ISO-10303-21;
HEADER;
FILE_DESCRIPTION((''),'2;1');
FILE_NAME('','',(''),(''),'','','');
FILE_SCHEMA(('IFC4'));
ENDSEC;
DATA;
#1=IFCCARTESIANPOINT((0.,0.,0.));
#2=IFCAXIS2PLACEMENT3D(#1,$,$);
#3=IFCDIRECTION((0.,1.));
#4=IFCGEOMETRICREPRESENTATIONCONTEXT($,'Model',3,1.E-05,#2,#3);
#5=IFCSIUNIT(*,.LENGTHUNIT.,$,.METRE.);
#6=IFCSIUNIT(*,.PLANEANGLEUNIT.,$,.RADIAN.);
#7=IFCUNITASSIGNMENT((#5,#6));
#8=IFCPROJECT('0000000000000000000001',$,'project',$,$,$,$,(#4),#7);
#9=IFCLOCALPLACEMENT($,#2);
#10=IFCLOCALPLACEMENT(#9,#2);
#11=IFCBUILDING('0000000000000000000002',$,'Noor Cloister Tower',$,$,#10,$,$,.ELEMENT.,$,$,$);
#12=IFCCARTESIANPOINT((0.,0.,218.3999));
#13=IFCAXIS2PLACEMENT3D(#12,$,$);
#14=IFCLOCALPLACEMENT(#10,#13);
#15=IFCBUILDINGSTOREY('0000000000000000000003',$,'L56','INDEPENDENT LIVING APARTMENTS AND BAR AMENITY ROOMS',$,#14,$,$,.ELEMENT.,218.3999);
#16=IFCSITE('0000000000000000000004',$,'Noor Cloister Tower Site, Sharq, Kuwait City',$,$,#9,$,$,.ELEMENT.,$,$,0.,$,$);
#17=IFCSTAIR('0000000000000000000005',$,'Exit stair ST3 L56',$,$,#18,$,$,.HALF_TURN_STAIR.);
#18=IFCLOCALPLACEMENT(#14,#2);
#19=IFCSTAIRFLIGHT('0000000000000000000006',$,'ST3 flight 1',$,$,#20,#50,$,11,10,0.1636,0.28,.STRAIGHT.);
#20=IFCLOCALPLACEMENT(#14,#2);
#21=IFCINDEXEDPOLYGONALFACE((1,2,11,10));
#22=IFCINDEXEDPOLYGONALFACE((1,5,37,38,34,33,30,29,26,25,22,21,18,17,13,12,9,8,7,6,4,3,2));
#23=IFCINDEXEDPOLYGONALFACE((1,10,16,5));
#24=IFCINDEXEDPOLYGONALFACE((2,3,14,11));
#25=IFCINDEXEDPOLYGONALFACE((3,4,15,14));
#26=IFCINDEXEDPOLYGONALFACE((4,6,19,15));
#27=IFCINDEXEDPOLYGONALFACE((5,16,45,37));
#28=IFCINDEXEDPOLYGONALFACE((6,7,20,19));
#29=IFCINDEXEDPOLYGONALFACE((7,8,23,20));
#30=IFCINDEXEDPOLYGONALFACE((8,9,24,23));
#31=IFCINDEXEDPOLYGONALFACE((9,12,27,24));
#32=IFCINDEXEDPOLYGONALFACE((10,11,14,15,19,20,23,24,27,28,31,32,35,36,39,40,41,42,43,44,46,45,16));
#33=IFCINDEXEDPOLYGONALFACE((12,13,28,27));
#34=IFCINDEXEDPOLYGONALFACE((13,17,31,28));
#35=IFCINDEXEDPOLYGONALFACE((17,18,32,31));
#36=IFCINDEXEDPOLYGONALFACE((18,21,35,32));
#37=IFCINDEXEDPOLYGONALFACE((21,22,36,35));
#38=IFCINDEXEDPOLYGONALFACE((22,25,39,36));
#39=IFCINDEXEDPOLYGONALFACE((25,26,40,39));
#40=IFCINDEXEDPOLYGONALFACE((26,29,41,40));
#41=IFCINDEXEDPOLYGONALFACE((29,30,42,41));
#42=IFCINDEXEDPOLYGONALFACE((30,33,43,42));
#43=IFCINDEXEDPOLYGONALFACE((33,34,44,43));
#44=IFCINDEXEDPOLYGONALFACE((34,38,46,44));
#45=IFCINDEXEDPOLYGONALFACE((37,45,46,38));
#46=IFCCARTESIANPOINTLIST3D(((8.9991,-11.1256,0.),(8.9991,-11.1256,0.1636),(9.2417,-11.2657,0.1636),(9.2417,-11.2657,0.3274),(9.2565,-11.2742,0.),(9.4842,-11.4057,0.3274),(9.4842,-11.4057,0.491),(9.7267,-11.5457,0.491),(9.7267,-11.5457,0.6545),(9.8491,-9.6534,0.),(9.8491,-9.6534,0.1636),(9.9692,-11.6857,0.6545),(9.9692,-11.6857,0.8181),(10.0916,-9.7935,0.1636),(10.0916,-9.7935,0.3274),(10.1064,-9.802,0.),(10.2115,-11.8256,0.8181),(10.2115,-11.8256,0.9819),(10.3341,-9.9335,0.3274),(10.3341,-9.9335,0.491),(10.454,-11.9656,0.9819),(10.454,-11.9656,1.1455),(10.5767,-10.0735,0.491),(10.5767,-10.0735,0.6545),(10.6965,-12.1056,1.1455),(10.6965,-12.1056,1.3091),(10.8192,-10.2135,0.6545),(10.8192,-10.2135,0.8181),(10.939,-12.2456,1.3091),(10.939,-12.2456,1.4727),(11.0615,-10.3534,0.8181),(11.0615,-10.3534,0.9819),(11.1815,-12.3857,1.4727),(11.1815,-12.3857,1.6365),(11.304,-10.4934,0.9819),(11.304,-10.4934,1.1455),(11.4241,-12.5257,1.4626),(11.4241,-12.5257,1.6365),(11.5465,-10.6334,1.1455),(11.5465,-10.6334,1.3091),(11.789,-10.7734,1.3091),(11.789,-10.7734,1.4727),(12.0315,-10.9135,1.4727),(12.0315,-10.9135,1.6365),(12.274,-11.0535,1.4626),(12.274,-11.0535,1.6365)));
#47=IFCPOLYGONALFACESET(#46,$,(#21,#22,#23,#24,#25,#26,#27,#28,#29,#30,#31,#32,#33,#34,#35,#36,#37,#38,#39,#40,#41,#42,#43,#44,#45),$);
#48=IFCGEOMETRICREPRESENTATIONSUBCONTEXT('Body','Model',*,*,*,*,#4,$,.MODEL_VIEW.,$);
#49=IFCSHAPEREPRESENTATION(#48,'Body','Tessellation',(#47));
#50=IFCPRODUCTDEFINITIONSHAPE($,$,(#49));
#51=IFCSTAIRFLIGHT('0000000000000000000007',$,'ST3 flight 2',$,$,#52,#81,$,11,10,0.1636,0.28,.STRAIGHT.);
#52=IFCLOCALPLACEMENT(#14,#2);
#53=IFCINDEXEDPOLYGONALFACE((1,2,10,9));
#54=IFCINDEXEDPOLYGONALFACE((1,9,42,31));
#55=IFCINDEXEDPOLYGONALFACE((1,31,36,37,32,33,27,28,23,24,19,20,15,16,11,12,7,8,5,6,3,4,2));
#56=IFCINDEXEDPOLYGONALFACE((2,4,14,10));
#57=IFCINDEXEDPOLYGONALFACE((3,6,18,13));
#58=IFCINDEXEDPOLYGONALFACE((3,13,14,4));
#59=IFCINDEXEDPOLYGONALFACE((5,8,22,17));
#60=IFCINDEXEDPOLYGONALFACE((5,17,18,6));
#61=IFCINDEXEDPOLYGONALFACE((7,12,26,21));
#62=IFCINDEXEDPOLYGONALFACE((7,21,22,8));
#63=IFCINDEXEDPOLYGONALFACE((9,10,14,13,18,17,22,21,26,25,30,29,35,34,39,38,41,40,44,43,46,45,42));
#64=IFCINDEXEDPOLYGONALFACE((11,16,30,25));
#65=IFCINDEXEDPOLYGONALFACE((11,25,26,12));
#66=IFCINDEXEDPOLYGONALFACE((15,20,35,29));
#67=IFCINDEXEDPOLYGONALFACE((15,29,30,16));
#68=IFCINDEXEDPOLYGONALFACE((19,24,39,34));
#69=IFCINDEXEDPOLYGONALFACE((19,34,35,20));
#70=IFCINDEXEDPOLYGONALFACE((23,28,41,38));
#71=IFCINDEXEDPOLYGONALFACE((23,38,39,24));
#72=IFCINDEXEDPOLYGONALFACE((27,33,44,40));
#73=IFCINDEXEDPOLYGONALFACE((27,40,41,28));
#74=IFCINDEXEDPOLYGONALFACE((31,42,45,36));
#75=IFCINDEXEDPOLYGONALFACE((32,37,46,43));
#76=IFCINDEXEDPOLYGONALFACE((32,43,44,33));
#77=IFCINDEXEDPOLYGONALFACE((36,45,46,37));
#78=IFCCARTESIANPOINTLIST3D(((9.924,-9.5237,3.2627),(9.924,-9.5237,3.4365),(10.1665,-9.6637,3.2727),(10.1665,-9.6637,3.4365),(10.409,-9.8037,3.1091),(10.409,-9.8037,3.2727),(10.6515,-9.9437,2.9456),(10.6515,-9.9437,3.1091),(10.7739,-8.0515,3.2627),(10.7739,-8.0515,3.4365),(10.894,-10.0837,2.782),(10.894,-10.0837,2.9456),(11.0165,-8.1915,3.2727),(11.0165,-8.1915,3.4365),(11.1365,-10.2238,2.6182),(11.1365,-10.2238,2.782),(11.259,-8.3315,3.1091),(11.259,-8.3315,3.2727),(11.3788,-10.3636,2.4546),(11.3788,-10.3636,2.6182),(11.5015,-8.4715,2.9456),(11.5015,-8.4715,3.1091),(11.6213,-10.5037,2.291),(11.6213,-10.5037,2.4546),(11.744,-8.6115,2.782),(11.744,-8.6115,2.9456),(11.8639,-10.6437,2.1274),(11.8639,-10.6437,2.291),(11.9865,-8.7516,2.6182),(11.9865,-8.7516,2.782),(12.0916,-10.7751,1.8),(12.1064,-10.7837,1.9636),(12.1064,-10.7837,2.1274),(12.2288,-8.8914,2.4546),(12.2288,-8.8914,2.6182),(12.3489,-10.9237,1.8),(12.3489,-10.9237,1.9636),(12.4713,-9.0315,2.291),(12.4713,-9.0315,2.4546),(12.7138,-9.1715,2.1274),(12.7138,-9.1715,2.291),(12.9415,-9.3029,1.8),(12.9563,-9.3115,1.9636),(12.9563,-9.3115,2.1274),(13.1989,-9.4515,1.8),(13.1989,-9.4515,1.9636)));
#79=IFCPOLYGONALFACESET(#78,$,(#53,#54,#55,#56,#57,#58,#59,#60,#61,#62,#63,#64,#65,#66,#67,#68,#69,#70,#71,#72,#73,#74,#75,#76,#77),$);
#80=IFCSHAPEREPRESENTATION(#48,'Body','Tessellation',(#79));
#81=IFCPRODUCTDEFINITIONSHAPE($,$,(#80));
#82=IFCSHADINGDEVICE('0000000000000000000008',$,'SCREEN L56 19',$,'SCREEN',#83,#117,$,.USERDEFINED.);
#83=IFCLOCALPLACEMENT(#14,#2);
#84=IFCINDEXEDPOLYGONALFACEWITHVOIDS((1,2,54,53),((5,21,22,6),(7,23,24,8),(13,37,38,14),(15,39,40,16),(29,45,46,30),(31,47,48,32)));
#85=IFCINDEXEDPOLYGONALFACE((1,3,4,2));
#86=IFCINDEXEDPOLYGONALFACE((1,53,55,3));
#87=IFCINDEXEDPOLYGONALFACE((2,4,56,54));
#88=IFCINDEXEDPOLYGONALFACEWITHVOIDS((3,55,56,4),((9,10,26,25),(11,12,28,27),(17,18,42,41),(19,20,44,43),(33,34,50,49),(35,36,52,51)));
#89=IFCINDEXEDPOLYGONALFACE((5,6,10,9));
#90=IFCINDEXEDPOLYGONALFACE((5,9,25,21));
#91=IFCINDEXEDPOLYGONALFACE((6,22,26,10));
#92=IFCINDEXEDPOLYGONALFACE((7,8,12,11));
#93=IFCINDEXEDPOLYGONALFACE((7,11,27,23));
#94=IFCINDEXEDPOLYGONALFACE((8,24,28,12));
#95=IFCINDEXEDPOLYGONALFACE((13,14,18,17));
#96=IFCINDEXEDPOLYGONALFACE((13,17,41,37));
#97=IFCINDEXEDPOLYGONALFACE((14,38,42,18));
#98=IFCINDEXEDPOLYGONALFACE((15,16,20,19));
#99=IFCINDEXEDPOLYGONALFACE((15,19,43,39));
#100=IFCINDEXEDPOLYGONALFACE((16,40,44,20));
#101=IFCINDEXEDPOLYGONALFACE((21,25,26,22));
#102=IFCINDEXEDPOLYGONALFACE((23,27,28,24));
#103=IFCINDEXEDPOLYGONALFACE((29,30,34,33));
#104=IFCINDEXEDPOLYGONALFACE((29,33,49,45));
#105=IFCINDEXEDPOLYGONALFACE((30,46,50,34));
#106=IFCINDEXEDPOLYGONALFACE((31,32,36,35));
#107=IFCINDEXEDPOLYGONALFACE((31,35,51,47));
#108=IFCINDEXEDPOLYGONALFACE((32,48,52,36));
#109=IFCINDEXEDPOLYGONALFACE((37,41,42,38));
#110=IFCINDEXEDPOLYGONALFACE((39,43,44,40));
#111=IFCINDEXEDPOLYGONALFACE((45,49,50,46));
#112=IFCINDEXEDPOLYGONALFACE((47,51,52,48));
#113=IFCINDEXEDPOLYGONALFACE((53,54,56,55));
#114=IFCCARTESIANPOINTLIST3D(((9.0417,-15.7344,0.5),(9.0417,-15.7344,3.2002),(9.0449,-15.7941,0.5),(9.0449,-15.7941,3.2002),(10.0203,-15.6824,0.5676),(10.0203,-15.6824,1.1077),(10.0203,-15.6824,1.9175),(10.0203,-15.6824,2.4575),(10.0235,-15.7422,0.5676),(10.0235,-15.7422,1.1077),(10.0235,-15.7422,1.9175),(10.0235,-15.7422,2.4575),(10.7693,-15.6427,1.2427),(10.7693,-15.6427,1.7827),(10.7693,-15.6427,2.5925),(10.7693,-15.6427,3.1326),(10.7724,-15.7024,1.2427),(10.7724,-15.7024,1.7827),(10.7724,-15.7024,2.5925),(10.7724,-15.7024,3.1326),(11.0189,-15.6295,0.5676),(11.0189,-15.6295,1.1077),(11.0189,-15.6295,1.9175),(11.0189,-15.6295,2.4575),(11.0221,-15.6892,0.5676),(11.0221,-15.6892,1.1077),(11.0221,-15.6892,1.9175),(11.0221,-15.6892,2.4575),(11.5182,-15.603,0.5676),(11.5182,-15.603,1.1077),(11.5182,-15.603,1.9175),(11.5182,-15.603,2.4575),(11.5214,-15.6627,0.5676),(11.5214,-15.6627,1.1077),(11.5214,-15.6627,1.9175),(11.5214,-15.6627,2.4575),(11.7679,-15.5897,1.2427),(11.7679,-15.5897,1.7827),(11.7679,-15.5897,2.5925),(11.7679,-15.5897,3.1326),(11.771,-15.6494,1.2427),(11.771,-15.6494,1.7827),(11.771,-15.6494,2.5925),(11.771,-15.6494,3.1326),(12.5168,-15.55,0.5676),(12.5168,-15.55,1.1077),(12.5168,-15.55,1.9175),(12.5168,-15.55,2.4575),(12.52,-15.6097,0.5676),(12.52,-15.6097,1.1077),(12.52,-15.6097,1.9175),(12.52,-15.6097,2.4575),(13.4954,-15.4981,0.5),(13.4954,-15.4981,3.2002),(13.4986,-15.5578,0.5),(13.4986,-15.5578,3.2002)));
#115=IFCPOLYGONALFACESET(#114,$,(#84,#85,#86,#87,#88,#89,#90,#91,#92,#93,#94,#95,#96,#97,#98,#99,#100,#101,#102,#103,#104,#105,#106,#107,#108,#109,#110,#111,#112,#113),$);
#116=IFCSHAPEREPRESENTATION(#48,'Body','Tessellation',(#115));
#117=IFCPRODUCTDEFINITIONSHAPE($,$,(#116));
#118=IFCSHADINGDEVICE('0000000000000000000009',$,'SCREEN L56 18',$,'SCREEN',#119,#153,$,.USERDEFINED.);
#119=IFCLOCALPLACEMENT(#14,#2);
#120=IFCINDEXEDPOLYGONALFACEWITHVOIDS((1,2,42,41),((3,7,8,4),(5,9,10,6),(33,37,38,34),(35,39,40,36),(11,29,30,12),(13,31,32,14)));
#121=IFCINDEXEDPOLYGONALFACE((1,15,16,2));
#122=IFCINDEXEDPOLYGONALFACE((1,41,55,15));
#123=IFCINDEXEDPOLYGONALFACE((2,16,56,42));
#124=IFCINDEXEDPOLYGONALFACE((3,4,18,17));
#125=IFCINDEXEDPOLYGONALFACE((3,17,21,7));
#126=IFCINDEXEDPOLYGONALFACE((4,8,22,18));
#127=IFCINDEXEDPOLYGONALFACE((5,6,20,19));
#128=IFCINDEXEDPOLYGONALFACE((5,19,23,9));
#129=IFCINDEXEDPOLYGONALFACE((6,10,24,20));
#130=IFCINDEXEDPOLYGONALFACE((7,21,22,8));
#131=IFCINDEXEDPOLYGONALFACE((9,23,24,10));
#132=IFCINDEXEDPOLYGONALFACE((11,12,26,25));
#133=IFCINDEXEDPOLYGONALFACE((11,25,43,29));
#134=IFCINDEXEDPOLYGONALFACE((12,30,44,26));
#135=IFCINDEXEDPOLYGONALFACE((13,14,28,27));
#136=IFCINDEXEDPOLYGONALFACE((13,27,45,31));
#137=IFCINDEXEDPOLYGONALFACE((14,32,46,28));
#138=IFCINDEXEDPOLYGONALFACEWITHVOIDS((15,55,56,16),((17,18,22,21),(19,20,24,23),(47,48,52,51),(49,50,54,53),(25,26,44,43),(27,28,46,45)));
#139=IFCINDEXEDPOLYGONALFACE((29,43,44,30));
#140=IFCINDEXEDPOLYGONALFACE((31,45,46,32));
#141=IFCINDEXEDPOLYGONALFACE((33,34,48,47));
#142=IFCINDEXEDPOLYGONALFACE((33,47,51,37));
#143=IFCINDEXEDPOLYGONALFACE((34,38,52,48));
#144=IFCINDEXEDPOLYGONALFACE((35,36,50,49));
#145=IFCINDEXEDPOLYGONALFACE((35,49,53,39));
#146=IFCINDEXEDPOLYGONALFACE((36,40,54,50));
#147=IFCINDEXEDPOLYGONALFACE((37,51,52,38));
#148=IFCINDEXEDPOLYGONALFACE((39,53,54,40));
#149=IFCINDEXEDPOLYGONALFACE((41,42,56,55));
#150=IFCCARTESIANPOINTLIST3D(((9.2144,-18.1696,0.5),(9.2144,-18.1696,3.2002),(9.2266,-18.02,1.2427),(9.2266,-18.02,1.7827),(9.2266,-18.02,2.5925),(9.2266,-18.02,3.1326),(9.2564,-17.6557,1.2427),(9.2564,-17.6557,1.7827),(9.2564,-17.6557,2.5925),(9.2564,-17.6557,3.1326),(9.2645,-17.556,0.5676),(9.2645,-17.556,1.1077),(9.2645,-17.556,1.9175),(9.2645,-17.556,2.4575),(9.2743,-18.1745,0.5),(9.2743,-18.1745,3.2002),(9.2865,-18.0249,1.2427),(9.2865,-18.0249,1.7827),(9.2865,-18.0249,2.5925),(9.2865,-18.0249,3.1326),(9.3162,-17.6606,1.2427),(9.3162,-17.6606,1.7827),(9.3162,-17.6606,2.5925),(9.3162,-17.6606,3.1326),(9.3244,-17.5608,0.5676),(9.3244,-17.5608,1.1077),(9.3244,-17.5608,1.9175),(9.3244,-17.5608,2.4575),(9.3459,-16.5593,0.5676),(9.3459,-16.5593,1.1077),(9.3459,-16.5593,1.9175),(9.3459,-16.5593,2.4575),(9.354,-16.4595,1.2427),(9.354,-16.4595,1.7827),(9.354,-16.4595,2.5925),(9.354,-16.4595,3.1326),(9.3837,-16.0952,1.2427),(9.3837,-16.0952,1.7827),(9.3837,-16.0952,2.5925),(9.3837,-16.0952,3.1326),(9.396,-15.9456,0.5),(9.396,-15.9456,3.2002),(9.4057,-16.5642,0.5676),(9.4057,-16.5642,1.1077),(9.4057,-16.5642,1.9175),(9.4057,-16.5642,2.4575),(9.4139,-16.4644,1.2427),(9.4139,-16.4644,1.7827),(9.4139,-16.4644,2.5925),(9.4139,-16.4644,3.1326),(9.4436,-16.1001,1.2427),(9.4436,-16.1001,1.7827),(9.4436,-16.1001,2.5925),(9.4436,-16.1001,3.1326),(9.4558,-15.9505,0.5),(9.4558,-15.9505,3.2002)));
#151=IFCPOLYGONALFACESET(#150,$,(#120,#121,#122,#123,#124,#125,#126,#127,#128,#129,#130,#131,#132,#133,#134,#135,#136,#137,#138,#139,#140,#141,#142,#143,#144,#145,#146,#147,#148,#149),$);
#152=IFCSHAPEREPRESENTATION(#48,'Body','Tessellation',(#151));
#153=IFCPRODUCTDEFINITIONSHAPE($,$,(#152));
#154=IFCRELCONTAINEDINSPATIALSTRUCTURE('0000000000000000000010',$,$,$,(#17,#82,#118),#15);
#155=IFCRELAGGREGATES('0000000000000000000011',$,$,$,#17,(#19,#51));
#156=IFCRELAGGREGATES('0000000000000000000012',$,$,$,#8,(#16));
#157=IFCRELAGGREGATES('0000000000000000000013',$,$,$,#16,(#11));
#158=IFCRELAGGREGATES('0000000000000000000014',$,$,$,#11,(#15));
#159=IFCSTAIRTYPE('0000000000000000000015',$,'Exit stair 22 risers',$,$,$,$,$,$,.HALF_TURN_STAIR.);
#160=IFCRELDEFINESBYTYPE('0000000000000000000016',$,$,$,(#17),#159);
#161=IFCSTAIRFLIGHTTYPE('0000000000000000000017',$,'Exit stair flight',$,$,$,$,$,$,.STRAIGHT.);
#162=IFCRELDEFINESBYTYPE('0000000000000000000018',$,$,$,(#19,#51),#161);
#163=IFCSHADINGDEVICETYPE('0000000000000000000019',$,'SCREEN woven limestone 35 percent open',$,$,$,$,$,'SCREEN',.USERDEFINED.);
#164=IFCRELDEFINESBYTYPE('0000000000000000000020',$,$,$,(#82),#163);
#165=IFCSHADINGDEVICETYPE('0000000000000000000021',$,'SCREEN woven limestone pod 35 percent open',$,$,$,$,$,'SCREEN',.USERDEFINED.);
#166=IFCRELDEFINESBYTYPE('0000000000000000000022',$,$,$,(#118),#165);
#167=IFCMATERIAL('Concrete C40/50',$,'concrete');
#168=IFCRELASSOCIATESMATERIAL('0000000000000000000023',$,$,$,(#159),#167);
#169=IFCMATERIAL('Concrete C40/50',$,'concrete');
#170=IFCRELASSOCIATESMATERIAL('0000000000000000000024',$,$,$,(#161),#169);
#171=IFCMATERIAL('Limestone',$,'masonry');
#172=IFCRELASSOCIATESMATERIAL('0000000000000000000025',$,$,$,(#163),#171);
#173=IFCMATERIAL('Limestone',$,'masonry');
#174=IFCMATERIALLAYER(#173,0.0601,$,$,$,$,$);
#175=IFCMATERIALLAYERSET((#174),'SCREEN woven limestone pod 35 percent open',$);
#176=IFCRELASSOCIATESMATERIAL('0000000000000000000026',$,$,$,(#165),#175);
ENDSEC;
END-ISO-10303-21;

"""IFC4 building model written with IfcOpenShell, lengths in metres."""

from ifc_helpers import new_model, si_unit, direction, frame, origin, place, context, subcontext, project, spatial, polyline, outline, extrude, material, layer, layer_set, material_profile, profile_set, type_object, element, aggregate, save


model = new_model("IFC4")

# Units and contexts
model_context = context("Model", 3, precision=1e-05, world=origin(), true_north=direction((0.0, 1.0)))
body_context = subcontext(model_context, "Body", "Model", "MODEL_VIEW")
ifc_project = project(units=[si_unit("LENGTHUNIT", "METRE"), si_unit("PLANEANGLEUNIT", "RADIAN")], contexts=[model_context])

# Site, building, storey
site_placement = place(None, origin())
site = spatial("IfcSite", under=ifc_project, at=site_placement, Name="Noor Cloister Tower Site, Sharq, Kuwait City", CompositionType="ELEMENT", RefElevation=0.0)
building_placement = place(site_placement, origin())
building = spatial("IfcBuilding", under=site, at=building_placement, Name="Noor Cloister Tower", CompositionType="ELEMENT")
storey_placement = place(building_placement, frame((0.0, 0.0, 218.3999)))
storey = spatial("IfcBuildingStorey", under=building, at=storey_placement, Name="L56", Description="INDEPENDENT LIVING APARTMENTS AND BAR AMENITY ROOMS", CompositionType="ELEMENT", Elevation=218.3999)

# Stair, stair flights
ifc_material_1 = material(Name="Concrete C40/50", Category="concrete")
stair_type = type_object("IfcStairType", Name="Exit stair 22 risers", PredefinedType="HALF_TURN_STAIR", material=ifc_material_1)
stair_placement = place(storey_placement, origin())
stair = element("IfcStair", 1, at=stair_placement, inside=storey, type_object=stair_type, Name="Exit stair ST3 L56", PredefinedType="HALF_TURN_STAIR")
ifc_material_2 = material(Name="Concrete C40/50", Category="concrete")
stair_flight_type = type_object("IfcStairFlightType", Name="Exit stair flight", PredefinedType="STRAIGHT", material=ifc_material_2)
stair_flight_1_placement = place(storey_placement, frame((9.4241, -10.3896, 0.0), z_axis=(0.0, 0.0, 1.0), x_axis=(0.866025, -0.5, 0.0)))
stair_flight_1 = element("IfcStairFlight", 2, at=stair_flight_1_placement, type_object=stair_flight_type, Name="ST3 flight 1", NumberOfRisers=11, NumberOfTreads=10, PredefinedType="STRAIGHT", RiserHeight=0.1636, TreadLength=0.28, context=body_context, shape_type="SweptSolid", body=[
    extrude(outline(polyline([(0.0, 0.0), (0.0, 0.1636), (0.28, 0.1636), (0.28, 0.3274), (0.5601, 0.3274), (0.5601, 0.491), (0.8401, 0.491), (0.8401, 0.6545), (1.1201, 0.6545), (1.1201, 0.8181), (1.3999, 0.8181), (1.3999, 0.9819), (1.6799, 0.9819), (1.6799, 1.1455), (1.96, 1.1455), (1.96, 1.3091), (2.24, 1.3091), (2.24, 1.4727), (2.52, 1.4727), (2.52, 1.6365), (2.8, 1.6365), (2.8, 1.8), (2.8, 1.4626), (0.2971, 0.0), (0.0, 0.0)])), frame((0.0, 0.8501, 0.0), z_axis=(0.0, -1.0, 0.0), x_axis=(1.0, 0.0, 0.0)), (0.0, 0.0, 1.0), 1.7),
])
stair_flight_2_placement = place(storey_placement, frame((12.7739, -10.1875, 1.8), z_axis=(0.0, 0.0, 1.0), x_axis=(-0.866025, 0.5, 0.0)))
stair_flight_2 = element("IfcStairFlight", 3, at=stair_flight_2_placement, type_object=stair_flight_type, Name="ST3 flight 2", NumberOfRisers=11, NumberOfTreads=10, PredefinedType="STRAIGHT", RiserHeight=0.1636, TreadLength=0.28, context=body_context, shape_type="SweptSolid", body=[
    extrude(outline(polyline([(0.0, 0.0), (0.0, 0.1636), (0.28, 0.1636), (0.28, 0.3274), (0.5601, 0.3274), (0.5601, 0.491), (0.8401, 0.491), (0.8401, 0.6545), (1.1201, 0.6545), (1.1201, 0.8181), (1.3999, 0.8181), (1.3999, 0.9819), (1.6799, 0.9819), (1.6799, 1.1455), (1.96, 1.1455), (1.96, 1.3091), (2.24, 1.3091), (2.24, 1.4727), (2.52, 1.4727), (2.52, 1.6365), (2.8, 1.6365), (2.8, 1.8), (2.8, 1.4626), (0.2971, 0.0), (0.0, 0.0)])), frame((0.0, 0.8501, 0.0), z_axis=(0.0, -1.0, 0.0), x_axis=(1.0, 0.0, 0.0)), (0.0, 0.0, 1.0), 1.7),
])
aggregate(stair, [stair_flight_1, stair_flight_2])

# Shading devices
ifc_material_3 = material(Name="Limestone", Category="masonry")
ifc_material_profile_1 = material_profile(ifc_material_3, outline(polyline([(-2.23, -1.3501), (2.23, -1.3501), (2.23, 1.3501), (-2.23, 1.3501), (-2.23, -1.3501)]), holes=[polyline([(-1.25, -1.2825), (-0.25, -1.2825), (-0.25, -0.7424), (-1.25, -0.7424), (-1.25, -1.2825)]), polyline([(0.25, -1.2825), (1.25, -1.2825), (1.25, -0.7424), (0.25, -0.7424), (0.25, -1.2825)]), polyline([(-0.5, -0.6074), (0.5, -0.6074), (0.5, -0.0674), (-0.5, -0.0674), (-0.5, -0.6074)]), polyline([(-1.25, 0.0674), (-0.25, 0.0674), (-0.25, 0.6074), (-1.25, 0.6074), (-1.25, 0.0674)]), polyline([(0.25, 0.0674), (1.25, 0.0674), (1.25, 0.6074), (0.25, 0.6074), (0.25, 0.0674)]), polyline([(-0.5, 0.7424), (0.5, 0.7424), (0.5, 1.2825), (-0.5, 1.2825), (-0.5, 0.7424)])]), Name="Woven screen 35 percent open")
ifc_profile_set_1 = profile_set([ifc_material_profile_1], Name="Limestone")
shading_device_type_1 = type_object("IfcShadingDeviceType", Name="SCREEN woven limestone 35 percent open", ElementType="SCREEN", PredefinedType="USERDEFINED", material=ifc_profile_set_1)
shading_device_1_placement = place(storey_placement, frame((11.2686, -15.6162, 1.8501), z_axis=(0.052987, -0.998595, 0.0), x_axis=(0.998595, 0.052987, 0.0)))
element("IfcShadingDevice", 4, at=shading_device_1_placement, inside=storey, type_object=shading_device_type_1, Name="SCREEN L56 19", ObjectType="SCREEN", PredefinedType="USERDEFINED", context=body_context, shape_type="SweptSolid", body=[
    extrude(outline(polyline([(-2.23, -1.3501), (2.23, -1.3501), (2.23, 1.3501), (-2.23, 1.3501), (-2.23, -1.3501)]), holes=[polyline([(-1.25, -1.2825), (-0.25, -1.2825), (-0.25, -0.7424), (-1.25, -0.7424), (-1.25, -1.2825)]), polyline([(0.25, -1.2825), (1.25, -1.2825), (1.25, -0.7424), (0.25, -0.7424), (0.25, -1.2825)]), polyline([(-0.5, -0.6074), (0.5, -0.6074), (0.5, -0.0674), (-0.5, -0.0674), (-0.5, -0.6074)]), polyline([(-1.25, 0.0674), (-0.25, 0.0674), (-0.25, 0.6074), (-1.25, 0.6074), (-1.25, 0.0674)]), polyline([(0.25, 0.0674), (1.25, 0.0674), (1.25, 0.6074), (0.25, 0.6074), (0.25, 0.0674)]), polyline([(-0.5, 0.7424), (0.5, 0.7424), (0.5, 1.2825), (-0.5, 1.2825), (-0.5, 0.7424)])]), origin(), (0.0, 0.0, 1.0), 0.0598),
])
ifc_material_4 = material(Name="Limestone", Category="masonry")
ifc_layer_1 = layer(ifc_material_4, 0.0601)
ifc_layer_set_1 = layer_set([ifc_layer_1], Name="SCREEN woven limestone pod 35 percent open")
shading_device_type_2 = type_object("IfcShadingDeviceType", Name="SCREEN woven limestone pod 35 percent open", ElementType="SCREEN", PredefinedType="USERDEFINED", material=ifc_layer_set_1)
shading_device_2_placement = place(storey_placement, frame((9.3052, -17.0576, 1.8501), z_axis=(0.996685, -0.081362, 0.0), x_axis=(0.081362, 0.996685, 0.0)))
element("IfcShadingDevice", 5, at=shading_device_2_placement, inside=storey, type_object=shading_device_type_2, Name="SCREEN L56 18", ObjectType="SCREEN", PredefinedType="USERDEFINED", context=body_context, shape_type="SweptSolid", body=[
    extrude(outline(polyline([(-1.1157, -1.3501), (1.1157, -1.3501), (1.1157, 1.3501), (-1.1157, 1.3501), (-1.1157, -1.3501)]), holes=[polyline([(-0.5, -1.2825), (0.5, -1.2825), (0.5, -0.7424), (-0.5, -0.7424), (-0.5, -1.2825)]), polyline([(0.6001, -0.6074), (0.9656, -0.6074), (0.9656, -0.0674), (0.6001, -0.0674), (0.6001, -0.6074)]), polyline([(-0.9656, -0.6074), (-0.6001, -0.6074), (-0.6001, -0.0674), (-0.9656, -0.0674), (-0.9656, -0.6074)]), polyline([(-0.5, 0.0674), (0.5, 0.0674), (0.5, 0.6074), (-0.5, 0.6074), (-0.5, 0.0674)]), polyline([(0.6001, 0.7424), (0.9656, 0.7424), (0.9656, 1.2825), (0.6001, 1.2825), (0.6001, 0.7424)]), polyline([(-0.9656, 0.7424), (-0.6001, 0.7424), (-0.6001, 1.2825), (-0.9656, 1.2825), (-0.9656, 0.7424)])]), origin(), (0.0, 0.0, 1.0), 0.0601),
])

save(model, "model.ifc")
